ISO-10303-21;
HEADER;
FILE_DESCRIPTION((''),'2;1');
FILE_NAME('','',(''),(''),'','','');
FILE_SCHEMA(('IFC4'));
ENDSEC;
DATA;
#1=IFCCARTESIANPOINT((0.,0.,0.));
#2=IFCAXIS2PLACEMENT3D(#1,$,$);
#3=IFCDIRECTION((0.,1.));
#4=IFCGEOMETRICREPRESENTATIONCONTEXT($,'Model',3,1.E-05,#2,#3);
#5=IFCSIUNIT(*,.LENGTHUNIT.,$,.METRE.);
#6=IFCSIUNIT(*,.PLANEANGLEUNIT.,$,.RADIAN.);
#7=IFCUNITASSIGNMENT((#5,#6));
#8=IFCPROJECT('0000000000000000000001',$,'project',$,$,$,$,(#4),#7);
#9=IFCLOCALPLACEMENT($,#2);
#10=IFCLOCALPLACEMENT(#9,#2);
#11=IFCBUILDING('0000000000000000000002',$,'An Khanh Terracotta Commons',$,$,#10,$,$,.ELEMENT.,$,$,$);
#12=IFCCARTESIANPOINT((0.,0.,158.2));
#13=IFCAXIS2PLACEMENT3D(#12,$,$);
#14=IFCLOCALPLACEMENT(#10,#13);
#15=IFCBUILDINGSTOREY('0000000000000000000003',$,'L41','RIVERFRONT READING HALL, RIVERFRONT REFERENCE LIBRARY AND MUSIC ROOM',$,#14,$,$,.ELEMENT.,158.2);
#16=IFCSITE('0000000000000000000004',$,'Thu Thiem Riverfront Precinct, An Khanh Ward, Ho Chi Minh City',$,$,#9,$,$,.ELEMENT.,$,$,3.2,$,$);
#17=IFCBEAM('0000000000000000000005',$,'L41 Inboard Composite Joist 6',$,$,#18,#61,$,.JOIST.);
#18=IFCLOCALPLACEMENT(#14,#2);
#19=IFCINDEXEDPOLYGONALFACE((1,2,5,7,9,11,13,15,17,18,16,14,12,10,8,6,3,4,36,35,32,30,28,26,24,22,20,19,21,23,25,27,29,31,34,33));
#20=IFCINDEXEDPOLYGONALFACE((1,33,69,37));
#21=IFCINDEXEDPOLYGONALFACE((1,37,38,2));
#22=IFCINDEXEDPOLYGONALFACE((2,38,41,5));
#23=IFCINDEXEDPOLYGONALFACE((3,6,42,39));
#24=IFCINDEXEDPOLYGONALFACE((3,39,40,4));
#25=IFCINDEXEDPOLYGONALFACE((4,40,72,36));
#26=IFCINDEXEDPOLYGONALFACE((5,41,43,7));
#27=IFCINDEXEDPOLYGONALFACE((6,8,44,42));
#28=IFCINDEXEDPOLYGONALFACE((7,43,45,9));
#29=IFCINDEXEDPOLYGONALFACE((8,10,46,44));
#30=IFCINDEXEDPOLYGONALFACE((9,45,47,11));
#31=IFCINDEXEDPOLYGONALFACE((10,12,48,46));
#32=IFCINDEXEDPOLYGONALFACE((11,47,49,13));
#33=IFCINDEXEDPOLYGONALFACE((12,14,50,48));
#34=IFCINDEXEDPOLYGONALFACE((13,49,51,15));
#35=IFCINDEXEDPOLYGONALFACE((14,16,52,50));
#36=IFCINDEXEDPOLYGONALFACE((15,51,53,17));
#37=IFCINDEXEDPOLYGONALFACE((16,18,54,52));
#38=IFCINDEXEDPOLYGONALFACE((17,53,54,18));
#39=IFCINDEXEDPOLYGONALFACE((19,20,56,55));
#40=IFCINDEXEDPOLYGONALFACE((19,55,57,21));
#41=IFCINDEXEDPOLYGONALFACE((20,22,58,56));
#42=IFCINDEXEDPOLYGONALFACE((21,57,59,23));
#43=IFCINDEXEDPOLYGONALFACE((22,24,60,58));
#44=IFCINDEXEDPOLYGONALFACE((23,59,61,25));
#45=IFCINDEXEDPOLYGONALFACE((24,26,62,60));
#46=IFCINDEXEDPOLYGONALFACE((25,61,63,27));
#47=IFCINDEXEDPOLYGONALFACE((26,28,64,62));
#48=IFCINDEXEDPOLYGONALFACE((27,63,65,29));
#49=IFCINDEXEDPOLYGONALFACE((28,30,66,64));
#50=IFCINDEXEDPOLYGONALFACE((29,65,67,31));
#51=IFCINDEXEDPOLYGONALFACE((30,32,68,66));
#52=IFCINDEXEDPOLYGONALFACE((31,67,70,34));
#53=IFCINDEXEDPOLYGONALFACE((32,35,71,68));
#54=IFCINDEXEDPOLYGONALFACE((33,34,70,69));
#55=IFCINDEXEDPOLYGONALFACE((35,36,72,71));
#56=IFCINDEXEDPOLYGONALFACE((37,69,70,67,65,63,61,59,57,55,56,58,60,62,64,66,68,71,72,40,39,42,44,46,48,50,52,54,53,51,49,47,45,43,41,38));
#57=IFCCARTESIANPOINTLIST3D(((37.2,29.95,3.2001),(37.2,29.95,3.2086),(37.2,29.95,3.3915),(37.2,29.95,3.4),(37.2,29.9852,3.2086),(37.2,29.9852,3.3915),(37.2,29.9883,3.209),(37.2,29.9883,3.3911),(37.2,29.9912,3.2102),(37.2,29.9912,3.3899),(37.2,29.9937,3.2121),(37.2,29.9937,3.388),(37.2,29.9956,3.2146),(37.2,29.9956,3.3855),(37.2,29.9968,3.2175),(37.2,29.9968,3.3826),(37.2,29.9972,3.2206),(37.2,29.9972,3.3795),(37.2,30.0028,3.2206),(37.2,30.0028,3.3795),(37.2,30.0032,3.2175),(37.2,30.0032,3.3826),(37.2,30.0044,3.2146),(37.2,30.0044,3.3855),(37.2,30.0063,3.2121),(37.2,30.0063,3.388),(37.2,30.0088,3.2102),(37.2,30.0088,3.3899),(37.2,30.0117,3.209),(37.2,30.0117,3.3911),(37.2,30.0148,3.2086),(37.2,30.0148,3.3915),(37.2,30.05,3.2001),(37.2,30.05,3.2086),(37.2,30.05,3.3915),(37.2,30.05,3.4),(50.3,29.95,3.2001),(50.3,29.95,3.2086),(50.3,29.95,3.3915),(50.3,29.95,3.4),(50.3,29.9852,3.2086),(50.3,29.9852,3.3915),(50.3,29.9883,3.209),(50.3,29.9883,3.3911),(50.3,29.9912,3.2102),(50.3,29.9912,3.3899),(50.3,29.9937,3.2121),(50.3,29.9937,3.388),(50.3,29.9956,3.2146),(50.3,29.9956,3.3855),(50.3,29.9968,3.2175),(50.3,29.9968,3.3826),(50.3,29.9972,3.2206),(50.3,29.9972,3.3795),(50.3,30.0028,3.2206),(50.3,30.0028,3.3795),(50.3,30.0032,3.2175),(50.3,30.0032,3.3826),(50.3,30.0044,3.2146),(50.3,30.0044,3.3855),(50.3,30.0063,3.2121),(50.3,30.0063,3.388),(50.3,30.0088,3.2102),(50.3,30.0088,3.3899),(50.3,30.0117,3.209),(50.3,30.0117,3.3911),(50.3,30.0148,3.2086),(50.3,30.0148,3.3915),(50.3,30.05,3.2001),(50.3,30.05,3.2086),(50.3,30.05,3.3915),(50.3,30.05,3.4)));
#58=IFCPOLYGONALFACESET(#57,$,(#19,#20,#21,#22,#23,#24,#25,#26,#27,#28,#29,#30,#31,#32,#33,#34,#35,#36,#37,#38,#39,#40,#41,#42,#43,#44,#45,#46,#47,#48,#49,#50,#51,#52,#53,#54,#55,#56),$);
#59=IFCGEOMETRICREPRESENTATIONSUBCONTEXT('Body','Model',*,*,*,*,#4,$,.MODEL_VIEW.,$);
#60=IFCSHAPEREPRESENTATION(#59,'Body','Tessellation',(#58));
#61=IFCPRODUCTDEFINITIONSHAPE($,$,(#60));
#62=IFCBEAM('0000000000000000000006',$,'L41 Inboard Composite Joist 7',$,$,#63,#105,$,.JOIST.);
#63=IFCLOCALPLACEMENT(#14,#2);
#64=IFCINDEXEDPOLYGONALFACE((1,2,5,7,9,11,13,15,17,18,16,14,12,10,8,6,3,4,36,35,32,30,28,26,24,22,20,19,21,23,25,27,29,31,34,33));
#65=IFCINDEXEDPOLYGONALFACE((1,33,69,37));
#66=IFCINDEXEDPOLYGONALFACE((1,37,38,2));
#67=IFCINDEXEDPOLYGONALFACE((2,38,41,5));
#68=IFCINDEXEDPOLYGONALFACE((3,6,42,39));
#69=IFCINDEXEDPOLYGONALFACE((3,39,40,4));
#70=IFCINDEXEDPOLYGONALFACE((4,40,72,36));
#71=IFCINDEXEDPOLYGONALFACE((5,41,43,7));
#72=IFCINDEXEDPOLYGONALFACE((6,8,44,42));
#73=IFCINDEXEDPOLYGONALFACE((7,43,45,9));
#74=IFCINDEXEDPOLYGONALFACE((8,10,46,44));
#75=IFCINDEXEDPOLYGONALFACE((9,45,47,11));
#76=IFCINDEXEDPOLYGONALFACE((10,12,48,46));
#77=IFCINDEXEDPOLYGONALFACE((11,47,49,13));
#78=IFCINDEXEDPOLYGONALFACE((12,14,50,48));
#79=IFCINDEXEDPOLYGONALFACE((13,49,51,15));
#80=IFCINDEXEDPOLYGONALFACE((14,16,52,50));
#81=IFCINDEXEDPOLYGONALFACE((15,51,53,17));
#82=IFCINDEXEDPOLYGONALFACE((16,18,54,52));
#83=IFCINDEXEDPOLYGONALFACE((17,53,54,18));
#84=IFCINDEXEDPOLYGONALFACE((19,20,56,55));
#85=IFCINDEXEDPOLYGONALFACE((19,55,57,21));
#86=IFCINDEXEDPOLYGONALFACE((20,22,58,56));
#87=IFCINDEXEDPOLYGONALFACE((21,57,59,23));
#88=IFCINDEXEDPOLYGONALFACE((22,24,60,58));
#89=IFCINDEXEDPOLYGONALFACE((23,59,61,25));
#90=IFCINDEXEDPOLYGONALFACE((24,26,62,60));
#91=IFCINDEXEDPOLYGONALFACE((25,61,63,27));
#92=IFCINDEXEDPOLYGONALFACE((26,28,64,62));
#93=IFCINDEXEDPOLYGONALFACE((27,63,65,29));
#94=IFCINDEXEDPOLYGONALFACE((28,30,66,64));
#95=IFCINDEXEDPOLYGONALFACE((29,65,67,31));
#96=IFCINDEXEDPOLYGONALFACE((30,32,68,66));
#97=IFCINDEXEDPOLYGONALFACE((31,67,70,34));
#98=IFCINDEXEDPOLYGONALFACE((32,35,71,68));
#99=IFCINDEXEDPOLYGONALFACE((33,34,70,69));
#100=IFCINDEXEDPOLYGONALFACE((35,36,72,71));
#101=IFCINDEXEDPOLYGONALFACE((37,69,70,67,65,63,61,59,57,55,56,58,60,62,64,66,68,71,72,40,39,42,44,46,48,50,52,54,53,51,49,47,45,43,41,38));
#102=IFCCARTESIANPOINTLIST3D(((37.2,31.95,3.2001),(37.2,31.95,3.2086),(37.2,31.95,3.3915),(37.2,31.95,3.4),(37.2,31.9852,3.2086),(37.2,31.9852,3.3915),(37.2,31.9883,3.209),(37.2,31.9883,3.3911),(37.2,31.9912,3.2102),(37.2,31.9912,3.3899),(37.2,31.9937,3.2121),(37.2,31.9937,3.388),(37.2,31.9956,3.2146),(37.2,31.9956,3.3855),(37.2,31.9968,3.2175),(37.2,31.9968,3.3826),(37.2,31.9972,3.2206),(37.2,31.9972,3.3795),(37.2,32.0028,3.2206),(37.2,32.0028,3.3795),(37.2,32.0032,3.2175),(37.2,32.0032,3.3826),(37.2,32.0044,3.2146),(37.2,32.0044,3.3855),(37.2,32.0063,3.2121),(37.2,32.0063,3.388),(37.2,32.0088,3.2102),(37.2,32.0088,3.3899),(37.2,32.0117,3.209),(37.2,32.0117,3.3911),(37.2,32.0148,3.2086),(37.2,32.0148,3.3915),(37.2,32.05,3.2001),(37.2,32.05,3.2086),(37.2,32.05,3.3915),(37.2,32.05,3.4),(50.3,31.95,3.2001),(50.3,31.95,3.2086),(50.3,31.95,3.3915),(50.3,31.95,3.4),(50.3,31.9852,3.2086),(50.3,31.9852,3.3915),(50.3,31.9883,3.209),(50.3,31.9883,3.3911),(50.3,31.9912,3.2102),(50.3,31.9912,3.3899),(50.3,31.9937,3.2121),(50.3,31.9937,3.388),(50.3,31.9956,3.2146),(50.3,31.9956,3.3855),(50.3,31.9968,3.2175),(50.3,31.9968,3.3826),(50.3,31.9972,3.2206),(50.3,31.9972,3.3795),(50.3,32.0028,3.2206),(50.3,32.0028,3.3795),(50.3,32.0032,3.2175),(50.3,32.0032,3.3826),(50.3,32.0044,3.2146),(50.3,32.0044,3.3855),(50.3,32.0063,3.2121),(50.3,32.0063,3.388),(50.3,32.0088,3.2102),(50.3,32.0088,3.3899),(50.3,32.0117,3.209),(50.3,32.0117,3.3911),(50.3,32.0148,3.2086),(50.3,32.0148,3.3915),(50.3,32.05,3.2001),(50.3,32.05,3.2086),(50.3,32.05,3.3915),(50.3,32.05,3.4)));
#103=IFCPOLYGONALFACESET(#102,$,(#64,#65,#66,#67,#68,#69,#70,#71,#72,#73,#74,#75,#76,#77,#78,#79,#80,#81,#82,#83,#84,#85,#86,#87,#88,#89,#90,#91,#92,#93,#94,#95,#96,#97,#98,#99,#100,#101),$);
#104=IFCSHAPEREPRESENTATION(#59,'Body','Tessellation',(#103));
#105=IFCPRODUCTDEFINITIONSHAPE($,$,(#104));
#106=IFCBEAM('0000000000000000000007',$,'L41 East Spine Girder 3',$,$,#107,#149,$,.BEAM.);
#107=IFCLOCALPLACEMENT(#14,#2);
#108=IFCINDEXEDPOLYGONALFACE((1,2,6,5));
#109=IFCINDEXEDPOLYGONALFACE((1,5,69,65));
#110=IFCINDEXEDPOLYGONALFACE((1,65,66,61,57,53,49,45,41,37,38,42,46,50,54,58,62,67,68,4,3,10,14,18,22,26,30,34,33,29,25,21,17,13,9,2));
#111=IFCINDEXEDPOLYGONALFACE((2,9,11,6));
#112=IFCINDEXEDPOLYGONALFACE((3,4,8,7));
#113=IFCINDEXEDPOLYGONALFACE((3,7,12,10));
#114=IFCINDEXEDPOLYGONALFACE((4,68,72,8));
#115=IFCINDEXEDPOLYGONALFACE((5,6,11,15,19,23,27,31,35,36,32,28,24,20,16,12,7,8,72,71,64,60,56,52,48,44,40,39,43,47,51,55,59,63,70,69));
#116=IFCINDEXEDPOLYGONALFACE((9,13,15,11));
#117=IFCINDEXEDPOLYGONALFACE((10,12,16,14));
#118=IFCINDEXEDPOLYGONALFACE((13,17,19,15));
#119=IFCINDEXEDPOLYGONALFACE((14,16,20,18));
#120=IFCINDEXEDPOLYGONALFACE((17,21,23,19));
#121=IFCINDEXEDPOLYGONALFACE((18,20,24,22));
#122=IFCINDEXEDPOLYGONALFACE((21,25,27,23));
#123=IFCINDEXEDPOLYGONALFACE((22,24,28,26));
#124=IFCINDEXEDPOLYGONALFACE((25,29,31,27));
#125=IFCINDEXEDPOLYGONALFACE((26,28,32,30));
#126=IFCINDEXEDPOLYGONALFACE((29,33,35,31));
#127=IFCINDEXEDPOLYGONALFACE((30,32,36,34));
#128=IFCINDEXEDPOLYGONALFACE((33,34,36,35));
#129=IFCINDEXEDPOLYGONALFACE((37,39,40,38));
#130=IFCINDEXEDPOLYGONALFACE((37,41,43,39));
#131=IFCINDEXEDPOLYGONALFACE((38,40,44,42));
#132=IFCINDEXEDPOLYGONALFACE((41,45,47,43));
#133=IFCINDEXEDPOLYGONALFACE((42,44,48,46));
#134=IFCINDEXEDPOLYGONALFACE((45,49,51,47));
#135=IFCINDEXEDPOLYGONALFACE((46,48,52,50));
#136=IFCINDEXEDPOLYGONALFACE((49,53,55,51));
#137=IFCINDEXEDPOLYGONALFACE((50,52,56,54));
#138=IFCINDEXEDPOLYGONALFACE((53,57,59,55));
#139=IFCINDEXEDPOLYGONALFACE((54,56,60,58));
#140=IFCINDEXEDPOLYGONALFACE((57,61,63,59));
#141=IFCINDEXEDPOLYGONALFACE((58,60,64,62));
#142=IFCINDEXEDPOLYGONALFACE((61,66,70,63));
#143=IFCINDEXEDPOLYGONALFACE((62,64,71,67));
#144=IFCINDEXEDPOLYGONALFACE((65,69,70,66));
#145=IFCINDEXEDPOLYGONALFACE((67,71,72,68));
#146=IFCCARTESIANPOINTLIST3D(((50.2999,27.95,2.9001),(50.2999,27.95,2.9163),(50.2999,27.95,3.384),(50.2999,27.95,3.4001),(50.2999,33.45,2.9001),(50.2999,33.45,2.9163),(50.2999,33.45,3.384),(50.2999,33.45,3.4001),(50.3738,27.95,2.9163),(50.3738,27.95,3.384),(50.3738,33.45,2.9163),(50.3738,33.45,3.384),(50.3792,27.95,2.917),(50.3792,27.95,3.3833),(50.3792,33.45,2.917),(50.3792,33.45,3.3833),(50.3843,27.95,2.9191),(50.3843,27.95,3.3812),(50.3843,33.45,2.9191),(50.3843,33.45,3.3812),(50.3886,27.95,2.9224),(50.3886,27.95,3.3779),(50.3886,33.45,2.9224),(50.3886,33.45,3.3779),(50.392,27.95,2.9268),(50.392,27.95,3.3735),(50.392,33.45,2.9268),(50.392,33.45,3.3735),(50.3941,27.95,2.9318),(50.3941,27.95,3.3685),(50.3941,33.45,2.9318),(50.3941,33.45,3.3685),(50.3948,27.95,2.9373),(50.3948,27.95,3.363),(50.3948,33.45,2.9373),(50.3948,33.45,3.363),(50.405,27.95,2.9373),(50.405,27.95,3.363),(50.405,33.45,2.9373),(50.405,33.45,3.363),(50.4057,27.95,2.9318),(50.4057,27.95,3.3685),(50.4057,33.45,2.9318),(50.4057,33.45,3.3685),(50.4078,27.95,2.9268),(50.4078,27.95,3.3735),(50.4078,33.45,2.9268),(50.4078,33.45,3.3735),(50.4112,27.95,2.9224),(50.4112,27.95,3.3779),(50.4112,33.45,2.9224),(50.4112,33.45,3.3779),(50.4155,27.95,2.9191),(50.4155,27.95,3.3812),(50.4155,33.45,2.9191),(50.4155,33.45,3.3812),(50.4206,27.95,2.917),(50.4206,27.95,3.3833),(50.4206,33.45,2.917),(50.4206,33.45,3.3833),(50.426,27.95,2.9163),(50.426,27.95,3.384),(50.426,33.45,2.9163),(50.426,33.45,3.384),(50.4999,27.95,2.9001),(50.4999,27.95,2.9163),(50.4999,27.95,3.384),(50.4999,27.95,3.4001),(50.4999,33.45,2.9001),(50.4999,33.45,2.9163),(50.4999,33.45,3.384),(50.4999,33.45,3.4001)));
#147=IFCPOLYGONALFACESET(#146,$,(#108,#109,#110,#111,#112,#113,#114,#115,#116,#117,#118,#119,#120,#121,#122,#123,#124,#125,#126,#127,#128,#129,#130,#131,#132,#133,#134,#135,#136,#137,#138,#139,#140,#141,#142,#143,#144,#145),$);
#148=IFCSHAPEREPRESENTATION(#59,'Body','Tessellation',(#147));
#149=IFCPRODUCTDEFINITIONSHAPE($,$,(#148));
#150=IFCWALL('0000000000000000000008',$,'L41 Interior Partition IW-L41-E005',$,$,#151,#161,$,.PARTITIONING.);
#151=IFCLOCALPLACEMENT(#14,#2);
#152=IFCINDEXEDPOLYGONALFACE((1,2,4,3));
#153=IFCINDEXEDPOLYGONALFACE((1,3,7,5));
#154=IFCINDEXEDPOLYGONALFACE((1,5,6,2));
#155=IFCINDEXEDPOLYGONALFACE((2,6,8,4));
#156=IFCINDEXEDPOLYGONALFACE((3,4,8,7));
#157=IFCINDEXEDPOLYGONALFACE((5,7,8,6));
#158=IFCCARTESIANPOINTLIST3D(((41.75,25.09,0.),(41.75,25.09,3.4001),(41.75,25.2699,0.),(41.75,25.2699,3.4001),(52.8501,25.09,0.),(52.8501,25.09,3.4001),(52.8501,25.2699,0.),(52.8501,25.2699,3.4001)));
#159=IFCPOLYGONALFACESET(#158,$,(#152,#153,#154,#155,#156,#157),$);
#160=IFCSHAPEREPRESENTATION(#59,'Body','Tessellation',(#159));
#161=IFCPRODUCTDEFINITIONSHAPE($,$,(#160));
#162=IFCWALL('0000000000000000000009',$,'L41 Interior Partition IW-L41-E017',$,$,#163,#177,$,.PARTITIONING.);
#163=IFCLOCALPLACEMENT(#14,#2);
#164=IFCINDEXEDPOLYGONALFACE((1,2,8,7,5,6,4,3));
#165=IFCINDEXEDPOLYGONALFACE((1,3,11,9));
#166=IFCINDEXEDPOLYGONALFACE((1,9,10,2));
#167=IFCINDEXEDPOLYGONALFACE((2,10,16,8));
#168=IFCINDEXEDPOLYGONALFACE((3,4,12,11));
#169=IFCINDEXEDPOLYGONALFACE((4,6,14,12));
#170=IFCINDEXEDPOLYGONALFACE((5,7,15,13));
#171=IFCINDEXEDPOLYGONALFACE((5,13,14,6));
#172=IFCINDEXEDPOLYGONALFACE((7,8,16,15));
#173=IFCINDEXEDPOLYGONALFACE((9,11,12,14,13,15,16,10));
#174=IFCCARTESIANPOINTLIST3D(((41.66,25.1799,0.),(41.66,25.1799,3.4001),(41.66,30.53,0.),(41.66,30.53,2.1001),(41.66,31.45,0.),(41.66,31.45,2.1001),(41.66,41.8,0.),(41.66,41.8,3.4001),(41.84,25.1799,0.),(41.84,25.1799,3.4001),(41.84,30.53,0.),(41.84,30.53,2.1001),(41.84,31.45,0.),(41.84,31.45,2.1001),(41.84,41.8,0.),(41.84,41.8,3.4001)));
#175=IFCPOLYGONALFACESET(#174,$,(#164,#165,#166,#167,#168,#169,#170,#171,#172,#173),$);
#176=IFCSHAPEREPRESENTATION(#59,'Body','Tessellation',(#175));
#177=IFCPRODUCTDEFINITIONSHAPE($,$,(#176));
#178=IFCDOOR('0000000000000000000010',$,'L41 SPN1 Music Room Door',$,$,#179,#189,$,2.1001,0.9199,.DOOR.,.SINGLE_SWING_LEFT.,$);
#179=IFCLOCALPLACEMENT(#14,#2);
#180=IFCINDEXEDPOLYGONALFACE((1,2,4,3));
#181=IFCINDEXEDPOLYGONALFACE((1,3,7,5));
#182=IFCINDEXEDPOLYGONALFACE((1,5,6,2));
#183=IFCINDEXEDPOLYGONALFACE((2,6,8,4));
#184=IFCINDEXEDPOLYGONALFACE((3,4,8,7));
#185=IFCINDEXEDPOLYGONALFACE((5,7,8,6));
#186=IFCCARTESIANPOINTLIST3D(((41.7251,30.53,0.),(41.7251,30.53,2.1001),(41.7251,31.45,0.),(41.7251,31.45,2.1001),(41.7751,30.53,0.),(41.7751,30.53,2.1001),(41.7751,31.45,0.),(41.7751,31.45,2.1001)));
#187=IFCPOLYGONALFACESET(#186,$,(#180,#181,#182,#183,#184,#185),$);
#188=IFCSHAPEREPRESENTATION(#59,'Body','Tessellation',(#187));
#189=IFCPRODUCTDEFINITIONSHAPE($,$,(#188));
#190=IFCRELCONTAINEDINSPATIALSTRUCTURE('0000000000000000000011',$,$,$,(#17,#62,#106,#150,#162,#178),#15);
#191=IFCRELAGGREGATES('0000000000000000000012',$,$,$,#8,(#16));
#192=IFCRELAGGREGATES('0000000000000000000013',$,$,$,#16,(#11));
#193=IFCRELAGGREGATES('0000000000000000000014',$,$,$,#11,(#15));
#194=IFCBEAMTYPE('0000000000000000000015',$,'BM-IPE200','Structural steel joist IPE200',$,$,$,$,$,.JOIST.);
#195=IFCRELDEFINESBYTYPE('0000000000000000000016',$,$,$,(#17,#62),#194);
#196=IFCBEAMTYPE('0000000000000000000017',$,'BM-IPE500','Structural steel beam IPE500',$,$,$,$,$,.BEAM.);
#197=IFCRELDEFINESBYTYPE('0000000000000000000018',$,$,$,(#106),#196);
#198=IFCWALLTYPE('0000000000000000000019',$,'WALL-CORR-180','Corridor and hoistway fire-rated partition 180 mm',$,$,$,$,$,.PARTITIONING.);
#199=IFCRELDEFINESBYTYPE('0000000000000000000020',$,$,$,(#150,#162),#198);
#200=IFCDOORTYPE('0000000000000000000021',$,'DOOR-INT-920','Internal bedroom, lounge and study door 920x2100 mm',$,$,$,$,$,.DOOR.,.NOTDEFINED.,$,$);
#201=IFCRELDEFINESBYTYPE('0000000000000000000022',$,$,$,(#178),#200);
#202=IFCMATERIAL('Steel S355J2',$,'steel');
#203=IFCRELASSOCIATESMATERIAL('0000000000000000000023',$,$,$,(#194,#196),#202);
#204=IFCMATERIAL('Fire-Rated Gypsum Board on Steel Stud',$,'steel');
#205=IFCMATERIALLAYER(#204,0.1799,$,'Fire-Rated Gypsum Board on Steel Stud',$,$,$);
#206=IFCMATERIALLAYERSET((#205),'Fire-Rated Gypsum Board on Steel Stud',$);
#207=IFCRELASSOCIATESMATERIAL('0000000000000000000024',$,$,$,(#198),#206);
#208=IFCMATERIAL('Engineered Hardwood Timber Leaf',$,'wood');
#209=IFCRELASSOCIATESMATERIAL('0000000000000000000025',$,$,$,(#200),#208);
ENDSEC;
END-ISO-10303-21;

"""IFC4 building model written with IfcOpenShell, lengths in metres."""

from ifc_helpers import new_model, si_unit, direction, frame, frame_2d, origin, origin_2d, place, context, subcontext, project, spatial, rectangle, i_section, extrude, material, layer, layer_set, material_profile, profile_set, type_object, element, fill, save


model = new_model("IFC4")

# Units and contexts
model_context = context("Model", 3, precision=1e-05, world=origin(), true_north=direction((0.0, 1.0)))
body_context = subcontext(model_context, "Body", "Model", "MODEL_VIEW")
ifc_project = project(units=[si_unit("LENGTHUNIT", "METRE"), si_unit("PLANEANGLEUNIT", "RADIAN")], contexts=[model_context])

# Site, building, storey
site_placement = place(None, origin())
site = spatial("IfcSite", under=ifc_project, at=site_placement, Name="Thu Thiem Riverfront Precinct, An Khanh Ward, Ho Chi Minh City", CompositionType="ELEMENT", RefElevation=3.2)
building_placement = place(site_placement, origin())
building = spatial("IfcBuilding", under=site, at=building_placement, Name="An Khanh Terracotta Commons", CompositionType="ELEMENT")
storey_placement = place(building_placement, frame((0.0, 0.0, 158.2)))
storey = spatial("IfcBuildingStorey", under=building, at=storey_placement, Name="L41", Description="RIVERFRONT READING HALL, RIVERFRONT REFERENCE LIBRARY AND MUSIC ROOM", CompositionType="ELEMENT", Elevation=158.2)

# Beams
ifc_material_1 = material(Name="Steel S355J2", Category="steel")
ifc_material_profile_1 = material_profile(ifc_material_1, i_section(OverallWidth=0.1001, OverallDepth=0.2, WebThickness=0.0056, FlangeThickness=0.0085, FilletRadius=0.012, at=origin_2d()), Name="IPE200")
ifc_profile_set_1 = profile_set([ifc_material_profile_1], Name="Steel S355J2")
beam_type_1 = type_object("IfcBeamType", Name="BM-IPE200", Description="Structural steel joist IPE200", PredefinedType="JOIST", material=ifc_profile_set_1)
for number, where, z_axis, x_axis, name in (
    (1, (37.2, 30.0, 3.3), (1.0, 0.0, 0.0), (0.0, 1.0, 0.0), "L41 Inboard Composite Joist 6"),
    (2, (37.2, 32.0, 3.3), (1.0, 0.0, 0.0), (0.0, 1.0, 0.0), "L41 Inboard Composite Joist 7"),
):
    element("IfcBeam", number, at=place(storey_placement, frame(where, z_axis=z_axis, x_axis=x_axis)), inside=storey, type_object=beam_type_1, Name=name, PredefinedType="JOIST", context=body_context, shape_type="SweptSolid", body=[
        extrude(i_section(OverallWidth=0.1001, OverallDepth=0.2, WebThickness=0.0056, FlangeThickness=0.0085, FilletRadius=0.012, at=origin_2d()), origin(), (0.0, 0.0, 1.0), 13.1001),
    ])
ifc_material_profile_2 = material_profile(ifc_material_1, i_section(OverallWidth=0.2, OverallDepth=0.5, WebThickness=0.0103, FlangeThickness=0.0161, FilletRadius=0.021, at=origin_2d()), Name="IPE500")
ifc_profile_set_2 = profile_set([ifc_material_profile_2], Name="Steel S355J2")
beam_type_2 = type_object("IfcBeamType", Name="BM-IPE500", Description="Structural steel beam IPE500", PredefinedType="BEAM", material=ifc_profile_set_2)
beam_1_placement = place(storey_placement, frame((50.3999, 27.95, 3.1501), z_axis=(0.0, 1.0, 0.0), x_axis=(-1.0, 0.0, 0.0)))
element("IfcBeam", 3, at=beam_1_placement, inside=storey, type_object=beam_type_2, Name="L41 East Spine Girder 3", PredefinedType="BEAM", context=body_context, shape_type="SweptSolid", body=[
    extrude(i_section(OverallWidth=0.2, OverallDepth=0.5, WebThickness=0.0103, FlangeThickness=0.0161, FilletRadius=0.021, at=origin_2d()), origin(), (0.0, 0.0, 1.0), 5.5),
])

# Wall
ifc_material_2 = material(Name="Fire-Rated Gypsum Board on Steel Stud", Category="steel")
ifc_layer_1 = layer(ifc_material_2, 0.1799, Name="Fire-Rated Gypsum Board on Steel Stud")
ifc_layer_set_1 = layer_set([ifc_layer_1], Name="Fire-Rated Gypsum Board on Steel Stud")
wall_type_1 = type_object("IfcWallType", Name="WALL-CORR-180", Description="Corridor and hoistway fire-rated partition 180 mm", PredefinedType="PARTITIONING", material=ifc_layer_set_1)
wall_1_placement = place(storey_placement, frame((41.75, 25.1799, 0.0), z_axis=(0.0, 0.0, 1.0), x_axis=(1.0, 0.0, 0.0)))
element("IfcWall", 4, at=wall_1_placement, inside=storey, type_object=wall_type_1, Name="L41 Interior Partition IW-L41-E005", PredefinedType="PARTITIONING", context=body_context, shape_type="SweptSolid", body=[
    extrude(rectangle(XDim=11.1001, YDim=0.1799, at=frame_2d((5.55, 0.0))), origin(), (0.0, 0.0, 1.0), 3.4001),
])

# Wall, opening, door
wall_2_placement = place(storey_placement, frame((41.75, 25.1799, 0.0), z_axis=(0.0, 0.0, 1.0), x_axis=(0.0, 1.0, 0.0)))
wall_2 = element("IfcWall", 5, at=wall_2_placement, inside=storey, type_object=wall_type_1, Name="L41 Interior Partition IW-L41-E017", PredefinedType="PARTITIONING", context=body_context, shape_type="SweptSolid", body=[
    extrude(rectangle(XDim=16.6201, YDim=0.1799, at=frame_2d((8.3101, 0.0))), origin(), (0.0, 0.0, 1.0), 3.4001),
])
opening_1_placement = place(wall_2_placement, frame((5.3501, 0.0, 0.0)))
opening_1 = element("IfcOpeningElement", 6, at=opening_1_placement, cuts=wall_2, PredefinedType="OPENING", context=body_context, shape_type="SweptSolid", body=[
    extrude(rectangle(XDim=0.9199, YDim=2.1001, at=frame_2d((0.46, 1.05))), frame((0.0, 0.0999, 0.0), z_axis=(0.0, -1.0, 0.0), x_axis=(1.0, 0.0, 0.0)), (0.0, 0.0, 1.0), 0.2),
])
ifc_material_3 = material(Name="Engineered Hardwood Timber Leaf", Category="wood")
door_type_1 = type_object("IfcDoorType", Name="DOOR-INT-920", Description="Internal bedroom, lounge and study door 920x2100 mm", OperationType="NOTDEFINED", PredefinedType="DOOR", material=ifc_material_3)
door_1_placement = place(opening_1_placement, origin())
door_1 = element("IfcDoor", 7, at=door_1_placement, inside=storey, type_object=door_type_1, Name="L41 SPN1 Music Room Door", OperationType="SINGLE_SWING_LEFT", OverallHeight=2.1001, OverallWidth=0.9199, PredefinedType="DOOR", context=body_context, shape_type="SweptSolid", body=[
    extrude(rectangle(XDim=0.9199, YDim=2.1001, at=frame_2d((0.46, 1.05))), frame((0.0, 0.0249, 0.0), z_axis=(0.0, -1.0, 0.0), x_axis=(1.0, 0.0, 0.0)), (0.0, 0.0, 1.0), 0.05),
])
fill(opening_1, door_1)

save(model, "model.ifc")
